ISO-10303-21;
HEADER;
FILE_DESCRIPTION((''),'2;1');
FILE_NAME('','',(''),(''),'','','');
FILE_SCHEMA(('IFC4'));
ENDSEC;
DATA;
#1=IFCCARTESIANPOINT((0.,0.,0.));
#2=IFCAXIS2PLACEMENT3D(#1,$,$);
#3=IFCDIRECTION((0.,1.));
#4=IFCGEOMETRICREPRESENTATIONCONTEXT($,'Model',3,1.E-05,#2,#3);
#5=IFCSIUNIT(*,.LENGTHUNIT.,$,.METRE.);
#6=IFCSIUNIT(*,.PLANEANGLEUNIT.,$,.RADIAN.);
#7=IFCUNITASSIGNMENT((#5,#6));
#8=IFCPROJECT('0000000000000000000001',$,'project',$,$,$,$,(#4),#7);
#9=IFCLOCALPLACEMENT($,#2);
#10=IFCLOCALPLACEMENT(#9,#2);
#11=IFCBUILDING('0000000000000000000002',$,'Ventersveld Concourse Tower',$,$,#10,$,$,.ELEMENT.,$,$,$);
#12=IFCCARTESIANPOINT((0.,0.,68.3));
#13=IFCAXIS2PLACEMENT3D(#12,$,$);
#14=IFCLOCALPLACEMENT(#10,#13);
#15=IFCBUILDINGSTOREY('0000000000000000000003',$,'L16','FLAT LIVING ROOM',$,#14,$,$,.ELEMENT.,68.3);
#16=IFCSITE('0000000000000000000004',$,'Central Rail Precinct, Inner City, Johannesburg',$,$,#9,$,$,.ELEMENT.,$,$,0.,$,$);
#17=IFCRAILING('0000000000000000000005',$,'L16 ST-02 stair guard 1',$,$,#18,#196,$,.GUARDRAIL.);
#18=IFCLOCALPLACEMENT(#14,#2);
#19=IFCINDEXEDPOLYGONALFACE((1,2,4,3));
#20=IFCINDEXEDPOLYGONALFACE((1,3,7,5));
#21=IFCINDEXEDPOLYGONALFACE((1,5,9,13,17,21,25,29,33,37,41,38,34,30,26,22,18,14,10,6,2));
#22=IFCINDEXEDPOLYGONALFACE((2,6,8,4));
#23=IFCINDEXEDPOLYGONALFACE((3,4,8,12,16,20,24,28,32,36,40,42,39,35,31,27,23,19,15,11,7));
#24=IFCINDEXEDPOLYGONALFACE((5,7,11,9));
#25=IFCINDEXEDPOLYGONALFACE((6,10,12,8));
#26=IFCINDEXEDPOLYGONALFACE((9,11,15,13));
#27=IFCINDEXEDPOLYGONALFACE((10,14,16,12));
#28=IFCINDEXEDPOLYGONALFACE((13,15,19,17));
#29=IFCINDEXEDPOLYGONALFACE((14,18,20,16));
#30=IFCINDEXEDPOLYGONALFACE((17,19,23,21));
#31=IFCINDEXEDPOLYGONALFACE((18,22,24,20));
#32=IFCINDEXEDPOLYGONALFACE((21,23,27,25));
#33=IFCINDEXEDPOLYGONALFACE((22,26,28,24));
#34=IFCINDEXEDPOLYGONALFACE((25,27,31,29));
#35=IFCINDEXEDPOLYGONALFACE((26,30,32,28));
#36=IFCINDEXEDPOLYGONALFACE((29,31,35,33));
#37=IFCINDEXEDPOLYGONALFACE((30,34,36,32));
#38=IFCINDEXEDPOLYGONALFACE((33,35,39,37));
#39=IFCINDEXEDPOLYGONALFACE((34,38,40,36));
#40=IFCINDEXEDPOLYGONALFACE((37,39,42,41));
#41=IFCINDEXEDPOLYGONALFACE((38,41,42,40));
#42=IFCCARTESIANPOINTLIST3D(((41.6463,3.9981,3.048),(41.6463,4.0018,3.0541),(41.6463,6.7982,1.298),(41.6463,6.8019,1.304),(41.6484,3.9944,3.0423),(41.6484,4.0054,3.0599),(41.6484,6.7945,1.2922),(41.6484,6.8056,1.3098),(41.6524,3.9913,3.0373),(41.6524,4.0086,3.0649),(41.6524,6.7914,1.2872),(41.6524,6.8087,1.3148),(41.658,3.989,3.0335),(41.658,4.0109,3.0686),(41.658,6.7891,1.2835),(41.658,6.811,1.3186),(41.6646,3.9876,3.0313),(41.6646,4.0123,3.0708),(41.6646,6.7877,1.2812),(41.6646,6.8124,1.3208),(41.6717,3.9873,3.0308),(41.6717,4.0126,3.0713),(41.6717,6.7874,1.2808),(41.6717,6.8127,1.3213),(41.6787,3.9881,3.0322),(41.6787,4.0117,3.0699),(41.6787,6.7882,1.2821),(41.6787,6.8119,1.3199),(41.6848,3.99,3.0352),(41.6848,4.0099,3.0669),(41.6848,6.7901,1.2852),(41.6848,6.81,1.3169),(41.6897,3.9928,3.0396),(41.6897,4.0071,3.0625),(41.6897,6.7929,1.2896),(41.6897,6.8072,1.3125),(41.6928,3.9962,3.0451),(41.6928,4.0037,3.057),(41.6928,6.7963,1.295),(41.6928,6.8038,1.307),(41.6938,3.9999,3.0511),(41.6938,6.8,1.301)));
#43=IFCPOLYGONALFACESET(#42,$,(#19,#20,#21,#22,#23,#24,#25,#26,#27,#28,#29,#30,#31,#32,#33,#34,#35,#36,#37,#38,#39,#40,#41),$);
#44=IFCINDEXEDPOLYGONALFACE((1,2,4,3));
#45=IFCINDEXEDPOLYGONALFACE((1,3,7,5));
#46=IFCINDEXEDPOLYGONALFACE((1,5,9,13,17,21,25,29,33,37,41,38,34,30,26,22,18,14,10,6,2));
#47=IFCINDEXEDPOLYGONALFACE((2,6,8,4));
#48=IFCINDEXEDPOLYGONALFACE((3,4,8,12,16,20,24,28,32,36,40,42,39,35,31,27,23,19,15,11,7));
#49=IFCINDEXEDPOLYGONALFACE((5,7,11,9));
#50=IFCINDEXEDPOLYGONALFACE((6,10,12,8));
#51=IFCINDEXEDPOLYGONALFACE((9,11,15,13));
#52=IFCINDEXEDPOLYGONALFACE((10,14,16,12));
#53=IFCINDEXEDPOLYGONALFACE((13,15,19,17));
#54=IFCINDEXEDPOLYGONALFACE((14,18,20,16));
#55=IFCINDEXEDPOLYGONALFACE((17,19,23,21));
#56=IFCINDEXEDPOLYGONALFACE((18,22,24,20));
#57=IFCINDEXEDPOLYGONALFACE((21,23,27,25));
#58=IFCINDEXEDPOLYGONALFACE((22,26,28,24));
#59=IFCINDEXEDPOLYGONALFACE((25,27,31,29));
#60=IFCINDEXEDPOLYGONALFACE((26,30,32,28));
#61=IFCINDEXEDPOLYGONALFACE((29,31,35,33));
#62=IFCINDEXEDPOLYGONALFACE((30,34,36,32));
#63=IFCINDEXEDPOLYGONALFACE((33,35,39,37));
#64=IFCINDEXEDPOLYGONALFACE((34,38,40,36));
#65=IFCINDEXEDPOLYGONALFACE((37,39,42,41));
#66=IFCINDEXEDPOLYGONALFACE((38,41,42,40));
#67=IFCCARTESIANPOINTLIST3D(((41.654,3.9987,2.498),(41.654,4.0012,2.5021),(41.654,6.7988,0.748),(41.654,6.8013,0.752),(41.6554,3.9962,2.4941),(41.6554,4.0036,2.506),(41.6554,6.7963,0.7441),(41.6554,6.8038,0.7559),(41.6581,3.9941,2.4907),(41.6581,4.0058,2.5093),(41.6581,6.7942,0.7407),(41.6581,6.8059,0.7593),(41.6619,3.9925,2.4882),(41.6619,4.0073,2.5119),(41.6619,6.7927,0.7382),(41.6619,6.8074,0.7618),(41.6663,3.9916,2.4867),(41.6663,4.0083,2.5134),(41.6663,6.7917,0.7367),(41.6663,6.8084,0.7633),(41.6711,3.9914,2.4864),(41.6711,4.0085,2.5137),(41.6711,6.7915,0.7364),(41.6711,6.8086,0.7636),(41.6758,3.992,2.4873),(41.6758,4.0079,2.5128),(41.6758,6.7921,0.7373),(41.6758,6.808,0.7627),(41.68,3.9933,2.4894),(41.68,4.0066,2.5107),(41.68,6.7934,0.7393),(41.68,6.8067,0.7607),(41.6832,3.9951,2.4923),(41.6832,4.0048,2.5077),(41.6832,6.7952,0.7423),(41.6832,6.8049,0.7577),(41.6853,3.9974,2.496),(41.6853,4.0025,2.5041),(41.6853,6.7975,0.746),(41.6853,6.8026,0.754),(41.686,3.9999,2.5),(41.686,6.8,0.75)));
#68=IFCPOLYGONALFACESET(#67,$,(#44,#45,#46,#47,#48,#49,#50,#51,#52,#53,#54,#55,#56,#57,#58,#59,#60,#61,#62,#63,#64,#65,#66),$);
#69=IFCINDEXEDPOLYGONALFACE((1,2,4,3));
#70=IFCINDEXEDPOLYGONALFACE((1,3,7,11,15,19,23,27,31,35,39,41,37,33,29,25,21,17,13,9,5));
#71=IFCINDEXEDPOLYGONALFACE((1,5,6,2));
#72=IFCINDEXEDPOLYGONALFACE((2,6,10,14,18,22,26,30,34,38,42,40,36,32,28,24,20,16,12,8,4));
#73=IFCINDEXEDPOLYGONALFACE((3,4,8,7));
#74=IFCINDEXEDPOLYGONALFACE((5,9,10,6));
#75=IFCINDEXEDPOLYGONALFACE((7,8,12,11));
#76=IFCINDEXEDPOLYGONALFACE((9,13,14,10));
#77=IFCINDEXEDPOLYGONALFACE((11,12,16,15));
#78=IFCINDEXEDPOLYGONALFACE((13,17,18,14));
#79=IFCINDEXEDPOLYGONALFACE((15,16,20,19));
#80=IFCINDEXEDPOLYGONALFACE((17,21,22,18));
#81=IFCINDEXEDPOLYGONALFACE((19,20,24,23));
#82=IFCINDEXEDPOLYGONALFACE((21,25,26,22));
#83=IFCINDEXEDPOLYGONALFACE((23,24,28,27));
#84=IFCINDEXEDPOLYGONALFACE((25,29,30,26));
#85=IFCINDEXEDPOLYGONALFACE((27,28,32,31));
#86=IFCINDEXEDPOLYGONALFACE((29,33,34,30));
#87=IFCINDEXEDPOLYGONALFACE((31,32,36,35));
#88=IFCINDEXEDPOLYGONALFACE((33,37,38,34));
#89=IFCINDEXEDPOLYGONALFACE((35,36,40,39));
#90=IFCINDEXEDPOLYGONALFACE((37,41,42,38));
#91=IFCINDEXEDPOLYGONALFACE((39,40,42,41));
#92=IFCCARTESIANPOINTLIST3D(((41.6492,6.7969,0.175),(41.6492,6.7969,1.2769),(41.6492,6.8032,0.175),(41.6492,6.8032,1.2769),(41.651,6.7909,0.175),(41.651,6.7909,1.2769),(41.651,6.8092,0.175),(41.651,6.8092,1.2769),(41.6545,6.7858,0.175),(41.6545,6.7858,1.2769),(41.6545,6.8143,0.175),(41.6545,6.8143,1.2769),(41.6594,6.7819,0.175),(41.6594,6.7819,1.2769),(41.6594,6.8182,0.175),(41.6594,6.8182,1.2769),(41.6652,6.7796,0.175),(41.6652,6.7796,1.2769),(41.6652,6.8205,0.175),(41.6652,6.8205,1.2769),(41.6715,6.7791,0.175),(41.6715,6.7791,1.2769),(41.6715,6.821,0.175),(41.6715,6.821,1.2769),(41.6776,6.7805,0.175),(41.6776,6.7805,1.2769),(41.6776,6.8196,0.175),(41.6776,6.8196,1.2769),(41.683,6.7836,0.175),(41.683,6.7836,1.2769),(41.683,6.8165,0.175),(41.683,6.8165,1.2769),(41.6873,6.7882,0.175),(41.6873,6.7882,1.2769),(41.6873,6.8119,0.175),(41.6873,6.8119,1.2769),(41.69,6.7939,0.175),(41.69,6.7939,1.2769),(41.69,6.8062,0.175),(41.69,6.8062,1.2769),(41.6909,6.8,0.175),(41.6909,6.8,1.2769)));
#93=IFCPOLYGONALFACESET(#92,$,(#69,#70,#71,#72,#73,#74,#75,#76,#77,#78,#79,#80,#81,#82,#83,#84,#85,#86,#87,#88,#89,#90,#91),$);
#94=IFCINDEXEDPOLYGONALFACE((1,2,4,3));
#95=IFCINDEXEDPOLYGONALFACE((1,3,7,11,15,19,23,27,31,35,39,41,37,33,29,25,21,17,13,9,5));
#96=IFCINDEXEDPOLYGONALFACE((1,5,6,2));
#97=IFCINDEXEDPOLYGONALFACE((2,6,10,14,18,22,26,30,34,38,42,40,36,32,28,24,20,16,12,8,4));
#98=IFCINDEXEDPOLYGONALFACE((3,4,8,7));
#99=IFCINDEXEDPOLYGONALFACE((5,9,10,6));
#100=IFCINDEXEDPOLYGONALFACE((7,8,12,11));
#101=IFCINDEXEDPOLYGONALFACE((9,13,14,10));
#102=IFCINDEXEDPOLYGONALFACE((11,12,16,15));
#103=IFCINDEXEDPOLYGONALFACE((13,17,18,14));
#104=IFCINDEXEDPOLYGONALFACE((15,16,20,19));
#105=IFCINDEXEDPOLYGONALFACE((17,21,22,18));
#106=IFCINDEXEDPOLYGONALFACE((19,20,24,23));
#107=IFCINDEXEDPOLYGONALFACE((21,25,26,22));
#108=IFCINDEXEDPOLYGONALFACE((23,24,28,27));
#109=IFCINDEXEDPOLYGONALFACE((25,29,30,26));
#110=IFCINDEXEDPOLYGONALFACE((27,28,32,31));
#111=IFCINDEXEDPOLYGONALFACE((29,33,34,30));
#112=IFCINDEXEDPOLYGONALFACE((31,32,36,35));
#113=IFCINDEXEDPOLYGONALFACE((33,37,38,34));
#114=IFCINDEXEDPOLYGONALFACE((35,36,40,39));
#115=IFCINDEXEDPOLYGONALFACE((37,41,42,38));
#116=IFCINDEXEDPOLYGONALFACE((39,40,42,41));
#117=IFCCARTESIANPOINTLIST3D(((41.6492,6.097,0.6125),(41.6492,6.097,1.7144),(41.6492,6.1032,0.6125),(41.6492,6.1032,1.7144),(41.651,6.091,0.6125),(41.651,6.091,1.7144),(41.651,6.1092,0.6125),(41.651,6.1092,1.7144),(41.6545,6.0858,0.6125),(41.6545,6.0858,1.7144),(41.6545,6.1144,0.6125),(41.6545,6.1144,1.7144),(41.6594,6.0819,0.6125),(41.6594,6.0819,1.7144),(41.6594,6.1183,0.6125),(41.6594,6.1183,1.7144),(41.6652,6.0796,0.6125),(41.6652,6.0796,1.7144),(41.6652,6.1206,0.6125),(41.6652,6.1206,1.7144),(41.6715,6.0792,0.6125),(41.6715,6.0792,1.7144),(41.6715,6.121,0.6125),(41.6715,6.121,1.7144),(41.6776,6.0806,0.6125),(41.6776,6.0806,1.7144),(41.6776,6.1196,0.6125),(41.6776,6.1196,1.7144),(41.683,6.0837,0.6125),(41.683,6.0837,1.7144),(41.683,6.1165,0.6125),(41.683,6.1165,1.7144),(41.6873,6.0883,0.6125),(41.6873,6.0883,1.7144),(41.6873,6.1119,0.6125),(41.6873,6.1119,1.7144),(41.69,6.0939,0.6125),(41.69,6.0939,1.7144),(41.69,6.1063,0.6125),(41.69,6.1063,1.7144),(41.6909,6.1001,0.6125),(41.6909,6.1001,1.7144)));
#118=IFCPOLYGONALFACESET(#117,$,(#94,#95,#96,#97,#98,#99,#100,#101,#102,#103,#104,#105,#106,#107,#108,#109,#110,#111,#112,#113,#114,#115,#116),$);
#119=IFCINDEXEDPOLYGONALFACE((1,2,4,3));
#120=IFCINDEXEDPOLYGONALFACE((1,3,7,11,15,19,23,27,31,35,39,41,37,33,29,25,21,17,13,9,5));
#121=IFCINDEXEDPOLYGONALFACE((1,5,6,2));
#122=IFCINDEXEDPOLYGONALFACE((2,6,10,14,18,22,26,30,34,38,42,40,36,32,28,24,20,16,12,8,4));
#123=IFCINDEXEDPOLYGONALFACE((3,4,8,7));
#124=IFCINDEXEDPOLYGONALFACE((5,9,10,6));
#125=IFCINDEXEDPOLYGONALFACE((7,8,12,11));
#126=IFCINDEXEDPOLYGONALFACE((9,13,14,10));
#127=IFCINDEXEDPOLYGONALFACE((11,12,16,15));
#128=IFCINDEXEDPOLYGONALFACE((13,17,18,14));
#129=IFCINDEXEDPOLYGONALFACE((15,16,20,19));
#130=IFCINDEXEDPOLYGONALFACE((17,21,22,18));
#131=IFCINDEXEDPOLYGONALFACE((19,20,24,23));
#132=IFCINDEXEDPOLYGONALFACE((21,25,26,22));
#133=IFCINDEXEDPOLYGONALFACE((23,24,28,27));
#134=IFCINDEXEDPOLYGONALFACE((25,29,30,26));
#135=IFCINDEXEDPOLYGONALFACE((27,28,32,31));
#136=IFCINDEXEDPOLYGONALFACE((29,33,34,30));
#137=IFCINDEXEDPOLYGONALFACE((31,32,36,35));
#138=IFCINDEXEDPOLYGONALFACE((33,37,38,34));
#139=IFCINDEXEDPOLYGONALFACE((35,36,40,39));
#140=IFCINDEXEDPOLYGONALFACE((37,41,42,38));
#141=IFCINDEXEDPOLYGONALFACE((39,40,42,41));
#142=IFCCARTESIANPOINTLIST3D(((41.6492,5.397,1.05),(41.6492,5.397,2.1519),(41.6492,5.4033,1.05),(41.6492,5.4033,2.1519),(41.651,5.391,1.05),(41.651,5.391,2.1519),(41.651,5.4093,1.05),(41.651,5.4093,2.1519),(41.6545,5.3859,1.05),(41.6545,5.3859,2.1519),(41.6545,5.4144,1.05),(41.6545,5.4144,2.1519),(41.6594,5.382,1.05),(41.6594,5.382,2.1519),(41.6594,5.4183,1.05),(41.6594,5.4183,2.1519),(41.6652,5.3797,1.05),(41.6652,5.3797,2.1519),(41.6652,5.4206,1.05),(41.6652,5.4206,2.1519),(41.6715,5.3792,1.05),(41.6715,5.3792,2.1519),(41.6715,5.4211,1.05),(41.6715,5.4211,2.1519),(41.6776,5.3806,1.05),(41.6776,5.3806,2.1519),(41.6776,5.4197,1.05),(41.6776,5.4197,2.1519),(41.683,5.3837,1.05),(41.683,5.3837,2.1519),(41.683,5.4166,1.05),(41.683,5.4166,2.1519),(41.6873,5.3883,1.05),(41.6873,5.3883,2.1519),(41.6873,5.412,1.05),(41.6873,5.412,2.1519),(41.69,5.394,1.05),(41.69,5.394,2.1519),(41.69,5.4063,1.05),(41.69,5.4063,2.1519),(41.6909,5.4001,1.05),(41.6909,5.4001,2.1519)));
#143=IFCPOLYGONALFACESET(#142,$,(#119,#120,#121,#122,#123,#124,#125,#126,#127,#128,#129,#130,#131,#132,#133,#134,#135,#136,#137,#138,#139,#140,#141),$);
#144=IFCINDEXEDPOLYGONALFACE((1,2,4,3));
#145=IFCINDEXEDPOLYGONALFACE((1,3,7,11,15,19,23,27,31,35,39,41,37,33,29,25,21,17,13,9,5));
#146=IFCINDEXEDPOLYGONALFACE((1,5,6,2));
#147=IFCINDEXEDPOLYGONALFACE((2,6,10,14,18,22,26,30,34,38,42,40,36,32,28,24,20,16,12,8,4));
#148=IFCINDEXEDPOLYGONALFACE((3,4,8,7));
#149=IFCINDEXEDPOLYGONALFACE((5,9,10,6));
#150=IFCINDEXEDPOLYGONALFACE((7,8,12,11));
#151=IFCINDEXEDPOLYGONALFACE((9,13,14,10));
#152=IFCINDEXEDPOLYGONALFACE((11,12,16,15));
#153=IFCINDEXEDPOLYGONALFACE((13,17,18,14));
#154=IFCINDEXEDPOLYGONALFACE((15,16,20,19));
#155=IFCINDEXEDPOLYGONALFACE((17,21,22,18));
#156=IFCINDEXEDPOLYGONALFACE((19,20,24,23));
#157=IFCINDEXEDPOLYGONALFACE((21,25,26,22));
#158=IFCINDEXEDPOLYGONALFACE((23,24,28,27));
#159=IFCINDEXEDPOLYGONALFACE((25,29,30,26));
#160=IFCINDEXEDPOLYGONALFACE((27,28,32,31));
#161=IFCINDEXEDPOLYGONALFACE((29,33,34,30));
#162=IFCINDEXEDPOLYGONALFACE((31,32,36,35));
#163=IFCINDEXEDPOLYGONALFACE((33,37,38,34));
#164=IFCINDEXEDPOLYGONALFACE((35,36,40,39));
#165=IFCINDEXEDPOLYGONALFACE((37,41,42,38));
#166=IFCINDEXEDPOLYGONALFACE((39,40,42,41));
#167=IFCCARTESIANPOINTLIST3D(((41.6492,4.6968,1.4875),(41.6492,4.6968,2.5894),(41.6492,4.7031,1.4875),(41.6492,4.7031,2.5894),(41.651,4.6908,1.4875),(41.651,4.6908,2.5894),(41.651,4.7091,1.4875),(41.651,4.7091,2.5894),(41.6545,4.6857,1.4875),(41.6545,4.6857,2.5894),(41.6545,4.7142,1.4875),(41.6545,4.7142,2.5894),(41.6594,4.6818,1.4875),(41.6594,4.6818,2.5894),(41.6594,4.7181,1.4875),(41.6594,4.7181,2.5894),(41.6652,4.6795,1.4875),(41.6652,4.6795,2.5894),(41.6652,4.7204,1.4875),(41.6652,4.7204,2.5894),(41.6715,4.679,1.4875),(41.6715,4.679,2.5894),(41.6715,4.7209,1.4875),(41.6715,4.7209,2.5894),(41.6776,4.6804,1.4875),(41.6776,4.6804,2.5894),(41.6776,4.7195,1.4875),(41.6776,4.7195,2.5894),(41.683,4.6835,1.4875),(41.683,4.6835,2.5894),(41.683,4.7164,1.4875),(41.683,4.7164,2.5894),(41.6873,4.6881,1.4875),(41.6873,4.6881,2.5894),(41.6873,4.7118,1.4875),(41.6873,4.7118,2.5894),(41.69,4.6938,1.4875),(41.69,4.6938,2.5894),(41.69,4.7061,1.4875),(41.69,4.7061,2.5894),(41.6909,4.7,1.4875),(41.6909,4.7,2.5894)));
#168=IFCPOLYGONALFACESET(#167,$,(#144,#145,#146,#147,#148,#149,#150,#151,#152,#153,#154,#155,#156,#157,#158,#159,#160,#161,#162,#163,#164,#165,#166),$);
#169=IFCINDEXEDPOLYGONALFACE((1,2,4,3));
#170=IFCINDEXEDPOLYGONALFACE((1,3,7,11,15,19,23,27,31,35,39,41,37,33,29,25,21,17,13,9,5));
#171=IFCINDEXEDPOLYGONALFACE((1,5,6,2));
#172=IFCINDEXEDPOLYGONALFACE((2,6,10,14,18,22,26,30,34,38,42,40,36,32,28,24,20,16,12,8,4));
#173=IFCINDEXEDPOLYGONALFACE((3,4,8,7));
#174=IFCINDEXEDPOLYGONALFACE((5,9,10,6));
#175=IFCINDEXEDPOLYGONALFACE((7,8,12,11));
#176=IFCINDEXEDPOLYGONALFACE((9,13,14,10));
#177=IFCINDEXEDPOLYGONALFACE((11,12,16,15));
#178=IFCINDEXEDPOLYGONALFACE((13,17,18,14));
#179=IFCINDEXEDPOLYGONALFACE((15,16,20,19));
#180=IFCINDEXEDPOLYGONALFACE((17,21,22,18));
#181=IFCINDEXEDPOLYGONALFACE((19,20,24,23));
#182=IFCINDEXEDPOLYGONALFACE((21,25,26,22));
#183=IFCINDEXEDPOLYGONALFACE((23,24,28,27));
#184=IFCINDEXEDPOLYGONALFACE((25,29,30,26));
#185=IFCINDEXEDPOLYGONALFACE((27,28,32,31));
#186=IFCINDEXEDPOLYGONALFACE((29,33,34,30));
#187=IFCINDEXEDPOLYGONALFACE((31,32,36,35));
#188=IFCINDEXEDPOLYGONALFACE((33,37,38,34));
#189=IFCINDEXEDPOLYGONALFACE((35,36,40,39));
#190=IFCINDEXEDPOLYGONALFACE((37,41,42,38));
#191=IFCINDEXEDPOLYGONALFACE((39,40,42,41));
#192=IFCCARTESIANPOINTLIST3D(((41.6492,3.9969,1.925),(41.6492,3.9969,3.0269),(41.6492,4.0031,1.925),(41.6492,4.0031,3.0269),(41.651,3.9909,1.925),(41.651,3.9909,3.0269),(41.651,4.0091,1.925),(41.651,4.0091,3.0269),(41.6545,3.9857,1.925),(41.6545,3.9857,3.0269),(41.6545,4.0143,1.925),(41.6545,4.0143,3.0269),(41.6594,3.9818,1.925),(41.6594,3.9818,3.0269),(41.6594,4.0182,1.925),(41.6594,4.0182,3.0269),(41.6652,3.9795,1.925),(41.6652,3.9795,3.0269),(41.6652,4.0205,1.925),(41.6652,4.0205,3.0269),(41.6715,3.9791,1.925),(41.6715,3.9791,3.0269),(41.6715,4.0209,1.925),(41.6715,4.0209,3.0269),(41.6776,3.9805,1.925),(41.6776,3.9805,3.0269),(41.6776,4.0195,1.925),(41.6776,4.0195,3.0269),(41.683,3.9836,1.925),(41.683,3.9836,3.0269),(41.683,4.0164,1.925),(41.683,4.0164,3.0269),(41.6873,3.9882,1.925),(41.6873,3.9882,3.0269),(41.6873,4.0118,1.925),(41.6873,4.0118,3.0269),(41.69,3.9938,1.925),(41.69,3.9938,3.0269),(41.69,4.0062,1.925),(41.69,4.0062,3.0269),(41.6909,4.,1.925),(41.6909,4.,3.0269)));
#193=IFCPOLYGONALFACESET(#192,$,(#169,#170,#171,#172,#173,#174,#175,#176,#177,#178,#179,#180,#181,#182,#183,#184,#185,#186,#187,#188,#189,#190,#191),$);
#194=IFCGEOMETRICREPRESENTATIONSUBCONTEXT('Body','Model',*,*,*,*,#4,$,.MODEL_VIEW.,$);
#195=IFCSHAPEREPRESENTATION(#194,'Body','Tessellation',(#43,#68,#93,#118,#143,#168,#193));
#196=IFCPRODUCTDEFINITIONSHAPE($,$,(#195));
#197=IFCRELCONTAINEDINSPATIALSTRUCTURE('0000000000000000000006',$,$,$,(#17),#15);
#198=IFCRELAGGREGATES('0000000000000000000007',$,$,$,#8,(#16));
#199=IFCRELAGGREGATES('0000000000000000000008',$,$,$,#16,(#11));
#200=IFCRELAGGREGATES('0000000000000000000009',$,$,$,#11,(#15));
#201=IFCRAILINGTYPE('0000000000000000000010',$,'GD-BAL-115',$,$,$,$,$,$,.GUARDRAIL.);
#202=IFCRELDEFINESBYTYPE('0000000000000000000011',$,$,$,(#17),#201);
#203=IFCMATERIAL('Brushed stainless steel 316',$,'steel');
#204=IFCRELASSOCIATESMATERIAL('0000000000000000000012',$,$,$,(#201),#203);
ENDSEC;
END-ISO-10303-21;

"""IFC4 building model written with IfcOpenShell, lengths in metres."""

from ifc_helpers import new_model, si_unit, direction, frame, origin, origin_2d, place, context, subcontext, project, spatial, circle, extrude, material, type_object, element, save


model = new_model("IFC4")

# Units and contexts
model_context = context("Model", 3, precision=1e-05, world=origin(), true_north=direction((0.0, 1.0)))
body_context = subcontext(model_context, "Body", "Model", "MODEL_VIEW")
ifc_project = project(units=[si_unit("LENGTHUNIT", "METRE"), si_unit("PLANEANGLEUNIT", "RADIAN")], contexts=[model_context])

# Site, building, storey
site_placement = place(None, origin())
site = spatial("IfcSite", under=ifc_project, at=site_placement, Name="Central Rail Precinct, Inner City, Johannesburg", CompositionType="ELEMENT", RefElevation=0.0)
building_placement = place(site_placement, origin())
building = spatial("IfcBuilding", under=site, at=building_placement, Name="Ventersveld Concourse Tower", CompositionType="ELEMENT")
storey_placement = place(building_placement, frame((0.0, 0.0, 68.3)))
storey = spatial("IfcBuildingStorey", under=building, at=storey_placement, Name="L16", Description="FLAT LIVING ROOM", CompositionType="ELEMENT", Elevation=68.3)

# Shared definitions
ifc_material_1 = material(Name="Brushed stainless steel 316", Category="steel")

# Railing
railing_type_1 = type_object("IfcRailingType", Name="GD-BAL-115", PredefinedType="GUARDRAIL", material=ifc_material_1)
railing_1_placement = place(storey_placement, frame((41.6699, 6.8, 0.175)))
element("IfcRailing", 1, at=railing_1_placement, inside=storey, type_object=railing_type_1, Name="L16 ST-02 stair guard 1", PredefinedType="GUARDRAIL", context=body_context, shape_type="SweptSolid", body=[
    extrude(circle(Radius=0.0239, at=origin_2d()), frame((0.0, 0.0, 1.126), z_axis=(0.0, -0.848002, 0.529992), x_axis=(1.0, 0.0, 0.0)), (0.0, 0.0, 1.0), 3.302),
    extrude(circle(Radius=0.0161, at=origin_2d()), frame((0.0, 0.0, 0.575), z_axis=(0.0, -0.848002, 0.529992), x_axis=(1.0, 0.0, 0.0)), (0.0, 0.0, 1.0), 3.302),
    extrude(circle(Radius=0.021, at=origin_2d()), origin(), (0.0, 0.0, 1.0), 1.1018),
    extrude(circle(Radius=0.021, at=origin_2d()), frame((0.0, -0.7, 0.4375)), (0.0, 0.0, 1.0), 1.1018),
    extrude(circle(Radius=0.021, at=origin_2d()), frame((0.0, -1.3999, 0.875)), (0.0, 0.0, 1.0), 1.1018),
    extrude(circle(Radius=0.021, at=origin_2d()), frame((0.0, -2.1001, 1.3125)), (0.0, 0.0, 1.0), 1.1018),
    extrude(circle(Radius=0.021, at=origin_2d()), frame((0.0, -2.8, 1.75)), (0.0, 0.0, 1.0), 1.1018),
])

save(model, "model.ifc")
